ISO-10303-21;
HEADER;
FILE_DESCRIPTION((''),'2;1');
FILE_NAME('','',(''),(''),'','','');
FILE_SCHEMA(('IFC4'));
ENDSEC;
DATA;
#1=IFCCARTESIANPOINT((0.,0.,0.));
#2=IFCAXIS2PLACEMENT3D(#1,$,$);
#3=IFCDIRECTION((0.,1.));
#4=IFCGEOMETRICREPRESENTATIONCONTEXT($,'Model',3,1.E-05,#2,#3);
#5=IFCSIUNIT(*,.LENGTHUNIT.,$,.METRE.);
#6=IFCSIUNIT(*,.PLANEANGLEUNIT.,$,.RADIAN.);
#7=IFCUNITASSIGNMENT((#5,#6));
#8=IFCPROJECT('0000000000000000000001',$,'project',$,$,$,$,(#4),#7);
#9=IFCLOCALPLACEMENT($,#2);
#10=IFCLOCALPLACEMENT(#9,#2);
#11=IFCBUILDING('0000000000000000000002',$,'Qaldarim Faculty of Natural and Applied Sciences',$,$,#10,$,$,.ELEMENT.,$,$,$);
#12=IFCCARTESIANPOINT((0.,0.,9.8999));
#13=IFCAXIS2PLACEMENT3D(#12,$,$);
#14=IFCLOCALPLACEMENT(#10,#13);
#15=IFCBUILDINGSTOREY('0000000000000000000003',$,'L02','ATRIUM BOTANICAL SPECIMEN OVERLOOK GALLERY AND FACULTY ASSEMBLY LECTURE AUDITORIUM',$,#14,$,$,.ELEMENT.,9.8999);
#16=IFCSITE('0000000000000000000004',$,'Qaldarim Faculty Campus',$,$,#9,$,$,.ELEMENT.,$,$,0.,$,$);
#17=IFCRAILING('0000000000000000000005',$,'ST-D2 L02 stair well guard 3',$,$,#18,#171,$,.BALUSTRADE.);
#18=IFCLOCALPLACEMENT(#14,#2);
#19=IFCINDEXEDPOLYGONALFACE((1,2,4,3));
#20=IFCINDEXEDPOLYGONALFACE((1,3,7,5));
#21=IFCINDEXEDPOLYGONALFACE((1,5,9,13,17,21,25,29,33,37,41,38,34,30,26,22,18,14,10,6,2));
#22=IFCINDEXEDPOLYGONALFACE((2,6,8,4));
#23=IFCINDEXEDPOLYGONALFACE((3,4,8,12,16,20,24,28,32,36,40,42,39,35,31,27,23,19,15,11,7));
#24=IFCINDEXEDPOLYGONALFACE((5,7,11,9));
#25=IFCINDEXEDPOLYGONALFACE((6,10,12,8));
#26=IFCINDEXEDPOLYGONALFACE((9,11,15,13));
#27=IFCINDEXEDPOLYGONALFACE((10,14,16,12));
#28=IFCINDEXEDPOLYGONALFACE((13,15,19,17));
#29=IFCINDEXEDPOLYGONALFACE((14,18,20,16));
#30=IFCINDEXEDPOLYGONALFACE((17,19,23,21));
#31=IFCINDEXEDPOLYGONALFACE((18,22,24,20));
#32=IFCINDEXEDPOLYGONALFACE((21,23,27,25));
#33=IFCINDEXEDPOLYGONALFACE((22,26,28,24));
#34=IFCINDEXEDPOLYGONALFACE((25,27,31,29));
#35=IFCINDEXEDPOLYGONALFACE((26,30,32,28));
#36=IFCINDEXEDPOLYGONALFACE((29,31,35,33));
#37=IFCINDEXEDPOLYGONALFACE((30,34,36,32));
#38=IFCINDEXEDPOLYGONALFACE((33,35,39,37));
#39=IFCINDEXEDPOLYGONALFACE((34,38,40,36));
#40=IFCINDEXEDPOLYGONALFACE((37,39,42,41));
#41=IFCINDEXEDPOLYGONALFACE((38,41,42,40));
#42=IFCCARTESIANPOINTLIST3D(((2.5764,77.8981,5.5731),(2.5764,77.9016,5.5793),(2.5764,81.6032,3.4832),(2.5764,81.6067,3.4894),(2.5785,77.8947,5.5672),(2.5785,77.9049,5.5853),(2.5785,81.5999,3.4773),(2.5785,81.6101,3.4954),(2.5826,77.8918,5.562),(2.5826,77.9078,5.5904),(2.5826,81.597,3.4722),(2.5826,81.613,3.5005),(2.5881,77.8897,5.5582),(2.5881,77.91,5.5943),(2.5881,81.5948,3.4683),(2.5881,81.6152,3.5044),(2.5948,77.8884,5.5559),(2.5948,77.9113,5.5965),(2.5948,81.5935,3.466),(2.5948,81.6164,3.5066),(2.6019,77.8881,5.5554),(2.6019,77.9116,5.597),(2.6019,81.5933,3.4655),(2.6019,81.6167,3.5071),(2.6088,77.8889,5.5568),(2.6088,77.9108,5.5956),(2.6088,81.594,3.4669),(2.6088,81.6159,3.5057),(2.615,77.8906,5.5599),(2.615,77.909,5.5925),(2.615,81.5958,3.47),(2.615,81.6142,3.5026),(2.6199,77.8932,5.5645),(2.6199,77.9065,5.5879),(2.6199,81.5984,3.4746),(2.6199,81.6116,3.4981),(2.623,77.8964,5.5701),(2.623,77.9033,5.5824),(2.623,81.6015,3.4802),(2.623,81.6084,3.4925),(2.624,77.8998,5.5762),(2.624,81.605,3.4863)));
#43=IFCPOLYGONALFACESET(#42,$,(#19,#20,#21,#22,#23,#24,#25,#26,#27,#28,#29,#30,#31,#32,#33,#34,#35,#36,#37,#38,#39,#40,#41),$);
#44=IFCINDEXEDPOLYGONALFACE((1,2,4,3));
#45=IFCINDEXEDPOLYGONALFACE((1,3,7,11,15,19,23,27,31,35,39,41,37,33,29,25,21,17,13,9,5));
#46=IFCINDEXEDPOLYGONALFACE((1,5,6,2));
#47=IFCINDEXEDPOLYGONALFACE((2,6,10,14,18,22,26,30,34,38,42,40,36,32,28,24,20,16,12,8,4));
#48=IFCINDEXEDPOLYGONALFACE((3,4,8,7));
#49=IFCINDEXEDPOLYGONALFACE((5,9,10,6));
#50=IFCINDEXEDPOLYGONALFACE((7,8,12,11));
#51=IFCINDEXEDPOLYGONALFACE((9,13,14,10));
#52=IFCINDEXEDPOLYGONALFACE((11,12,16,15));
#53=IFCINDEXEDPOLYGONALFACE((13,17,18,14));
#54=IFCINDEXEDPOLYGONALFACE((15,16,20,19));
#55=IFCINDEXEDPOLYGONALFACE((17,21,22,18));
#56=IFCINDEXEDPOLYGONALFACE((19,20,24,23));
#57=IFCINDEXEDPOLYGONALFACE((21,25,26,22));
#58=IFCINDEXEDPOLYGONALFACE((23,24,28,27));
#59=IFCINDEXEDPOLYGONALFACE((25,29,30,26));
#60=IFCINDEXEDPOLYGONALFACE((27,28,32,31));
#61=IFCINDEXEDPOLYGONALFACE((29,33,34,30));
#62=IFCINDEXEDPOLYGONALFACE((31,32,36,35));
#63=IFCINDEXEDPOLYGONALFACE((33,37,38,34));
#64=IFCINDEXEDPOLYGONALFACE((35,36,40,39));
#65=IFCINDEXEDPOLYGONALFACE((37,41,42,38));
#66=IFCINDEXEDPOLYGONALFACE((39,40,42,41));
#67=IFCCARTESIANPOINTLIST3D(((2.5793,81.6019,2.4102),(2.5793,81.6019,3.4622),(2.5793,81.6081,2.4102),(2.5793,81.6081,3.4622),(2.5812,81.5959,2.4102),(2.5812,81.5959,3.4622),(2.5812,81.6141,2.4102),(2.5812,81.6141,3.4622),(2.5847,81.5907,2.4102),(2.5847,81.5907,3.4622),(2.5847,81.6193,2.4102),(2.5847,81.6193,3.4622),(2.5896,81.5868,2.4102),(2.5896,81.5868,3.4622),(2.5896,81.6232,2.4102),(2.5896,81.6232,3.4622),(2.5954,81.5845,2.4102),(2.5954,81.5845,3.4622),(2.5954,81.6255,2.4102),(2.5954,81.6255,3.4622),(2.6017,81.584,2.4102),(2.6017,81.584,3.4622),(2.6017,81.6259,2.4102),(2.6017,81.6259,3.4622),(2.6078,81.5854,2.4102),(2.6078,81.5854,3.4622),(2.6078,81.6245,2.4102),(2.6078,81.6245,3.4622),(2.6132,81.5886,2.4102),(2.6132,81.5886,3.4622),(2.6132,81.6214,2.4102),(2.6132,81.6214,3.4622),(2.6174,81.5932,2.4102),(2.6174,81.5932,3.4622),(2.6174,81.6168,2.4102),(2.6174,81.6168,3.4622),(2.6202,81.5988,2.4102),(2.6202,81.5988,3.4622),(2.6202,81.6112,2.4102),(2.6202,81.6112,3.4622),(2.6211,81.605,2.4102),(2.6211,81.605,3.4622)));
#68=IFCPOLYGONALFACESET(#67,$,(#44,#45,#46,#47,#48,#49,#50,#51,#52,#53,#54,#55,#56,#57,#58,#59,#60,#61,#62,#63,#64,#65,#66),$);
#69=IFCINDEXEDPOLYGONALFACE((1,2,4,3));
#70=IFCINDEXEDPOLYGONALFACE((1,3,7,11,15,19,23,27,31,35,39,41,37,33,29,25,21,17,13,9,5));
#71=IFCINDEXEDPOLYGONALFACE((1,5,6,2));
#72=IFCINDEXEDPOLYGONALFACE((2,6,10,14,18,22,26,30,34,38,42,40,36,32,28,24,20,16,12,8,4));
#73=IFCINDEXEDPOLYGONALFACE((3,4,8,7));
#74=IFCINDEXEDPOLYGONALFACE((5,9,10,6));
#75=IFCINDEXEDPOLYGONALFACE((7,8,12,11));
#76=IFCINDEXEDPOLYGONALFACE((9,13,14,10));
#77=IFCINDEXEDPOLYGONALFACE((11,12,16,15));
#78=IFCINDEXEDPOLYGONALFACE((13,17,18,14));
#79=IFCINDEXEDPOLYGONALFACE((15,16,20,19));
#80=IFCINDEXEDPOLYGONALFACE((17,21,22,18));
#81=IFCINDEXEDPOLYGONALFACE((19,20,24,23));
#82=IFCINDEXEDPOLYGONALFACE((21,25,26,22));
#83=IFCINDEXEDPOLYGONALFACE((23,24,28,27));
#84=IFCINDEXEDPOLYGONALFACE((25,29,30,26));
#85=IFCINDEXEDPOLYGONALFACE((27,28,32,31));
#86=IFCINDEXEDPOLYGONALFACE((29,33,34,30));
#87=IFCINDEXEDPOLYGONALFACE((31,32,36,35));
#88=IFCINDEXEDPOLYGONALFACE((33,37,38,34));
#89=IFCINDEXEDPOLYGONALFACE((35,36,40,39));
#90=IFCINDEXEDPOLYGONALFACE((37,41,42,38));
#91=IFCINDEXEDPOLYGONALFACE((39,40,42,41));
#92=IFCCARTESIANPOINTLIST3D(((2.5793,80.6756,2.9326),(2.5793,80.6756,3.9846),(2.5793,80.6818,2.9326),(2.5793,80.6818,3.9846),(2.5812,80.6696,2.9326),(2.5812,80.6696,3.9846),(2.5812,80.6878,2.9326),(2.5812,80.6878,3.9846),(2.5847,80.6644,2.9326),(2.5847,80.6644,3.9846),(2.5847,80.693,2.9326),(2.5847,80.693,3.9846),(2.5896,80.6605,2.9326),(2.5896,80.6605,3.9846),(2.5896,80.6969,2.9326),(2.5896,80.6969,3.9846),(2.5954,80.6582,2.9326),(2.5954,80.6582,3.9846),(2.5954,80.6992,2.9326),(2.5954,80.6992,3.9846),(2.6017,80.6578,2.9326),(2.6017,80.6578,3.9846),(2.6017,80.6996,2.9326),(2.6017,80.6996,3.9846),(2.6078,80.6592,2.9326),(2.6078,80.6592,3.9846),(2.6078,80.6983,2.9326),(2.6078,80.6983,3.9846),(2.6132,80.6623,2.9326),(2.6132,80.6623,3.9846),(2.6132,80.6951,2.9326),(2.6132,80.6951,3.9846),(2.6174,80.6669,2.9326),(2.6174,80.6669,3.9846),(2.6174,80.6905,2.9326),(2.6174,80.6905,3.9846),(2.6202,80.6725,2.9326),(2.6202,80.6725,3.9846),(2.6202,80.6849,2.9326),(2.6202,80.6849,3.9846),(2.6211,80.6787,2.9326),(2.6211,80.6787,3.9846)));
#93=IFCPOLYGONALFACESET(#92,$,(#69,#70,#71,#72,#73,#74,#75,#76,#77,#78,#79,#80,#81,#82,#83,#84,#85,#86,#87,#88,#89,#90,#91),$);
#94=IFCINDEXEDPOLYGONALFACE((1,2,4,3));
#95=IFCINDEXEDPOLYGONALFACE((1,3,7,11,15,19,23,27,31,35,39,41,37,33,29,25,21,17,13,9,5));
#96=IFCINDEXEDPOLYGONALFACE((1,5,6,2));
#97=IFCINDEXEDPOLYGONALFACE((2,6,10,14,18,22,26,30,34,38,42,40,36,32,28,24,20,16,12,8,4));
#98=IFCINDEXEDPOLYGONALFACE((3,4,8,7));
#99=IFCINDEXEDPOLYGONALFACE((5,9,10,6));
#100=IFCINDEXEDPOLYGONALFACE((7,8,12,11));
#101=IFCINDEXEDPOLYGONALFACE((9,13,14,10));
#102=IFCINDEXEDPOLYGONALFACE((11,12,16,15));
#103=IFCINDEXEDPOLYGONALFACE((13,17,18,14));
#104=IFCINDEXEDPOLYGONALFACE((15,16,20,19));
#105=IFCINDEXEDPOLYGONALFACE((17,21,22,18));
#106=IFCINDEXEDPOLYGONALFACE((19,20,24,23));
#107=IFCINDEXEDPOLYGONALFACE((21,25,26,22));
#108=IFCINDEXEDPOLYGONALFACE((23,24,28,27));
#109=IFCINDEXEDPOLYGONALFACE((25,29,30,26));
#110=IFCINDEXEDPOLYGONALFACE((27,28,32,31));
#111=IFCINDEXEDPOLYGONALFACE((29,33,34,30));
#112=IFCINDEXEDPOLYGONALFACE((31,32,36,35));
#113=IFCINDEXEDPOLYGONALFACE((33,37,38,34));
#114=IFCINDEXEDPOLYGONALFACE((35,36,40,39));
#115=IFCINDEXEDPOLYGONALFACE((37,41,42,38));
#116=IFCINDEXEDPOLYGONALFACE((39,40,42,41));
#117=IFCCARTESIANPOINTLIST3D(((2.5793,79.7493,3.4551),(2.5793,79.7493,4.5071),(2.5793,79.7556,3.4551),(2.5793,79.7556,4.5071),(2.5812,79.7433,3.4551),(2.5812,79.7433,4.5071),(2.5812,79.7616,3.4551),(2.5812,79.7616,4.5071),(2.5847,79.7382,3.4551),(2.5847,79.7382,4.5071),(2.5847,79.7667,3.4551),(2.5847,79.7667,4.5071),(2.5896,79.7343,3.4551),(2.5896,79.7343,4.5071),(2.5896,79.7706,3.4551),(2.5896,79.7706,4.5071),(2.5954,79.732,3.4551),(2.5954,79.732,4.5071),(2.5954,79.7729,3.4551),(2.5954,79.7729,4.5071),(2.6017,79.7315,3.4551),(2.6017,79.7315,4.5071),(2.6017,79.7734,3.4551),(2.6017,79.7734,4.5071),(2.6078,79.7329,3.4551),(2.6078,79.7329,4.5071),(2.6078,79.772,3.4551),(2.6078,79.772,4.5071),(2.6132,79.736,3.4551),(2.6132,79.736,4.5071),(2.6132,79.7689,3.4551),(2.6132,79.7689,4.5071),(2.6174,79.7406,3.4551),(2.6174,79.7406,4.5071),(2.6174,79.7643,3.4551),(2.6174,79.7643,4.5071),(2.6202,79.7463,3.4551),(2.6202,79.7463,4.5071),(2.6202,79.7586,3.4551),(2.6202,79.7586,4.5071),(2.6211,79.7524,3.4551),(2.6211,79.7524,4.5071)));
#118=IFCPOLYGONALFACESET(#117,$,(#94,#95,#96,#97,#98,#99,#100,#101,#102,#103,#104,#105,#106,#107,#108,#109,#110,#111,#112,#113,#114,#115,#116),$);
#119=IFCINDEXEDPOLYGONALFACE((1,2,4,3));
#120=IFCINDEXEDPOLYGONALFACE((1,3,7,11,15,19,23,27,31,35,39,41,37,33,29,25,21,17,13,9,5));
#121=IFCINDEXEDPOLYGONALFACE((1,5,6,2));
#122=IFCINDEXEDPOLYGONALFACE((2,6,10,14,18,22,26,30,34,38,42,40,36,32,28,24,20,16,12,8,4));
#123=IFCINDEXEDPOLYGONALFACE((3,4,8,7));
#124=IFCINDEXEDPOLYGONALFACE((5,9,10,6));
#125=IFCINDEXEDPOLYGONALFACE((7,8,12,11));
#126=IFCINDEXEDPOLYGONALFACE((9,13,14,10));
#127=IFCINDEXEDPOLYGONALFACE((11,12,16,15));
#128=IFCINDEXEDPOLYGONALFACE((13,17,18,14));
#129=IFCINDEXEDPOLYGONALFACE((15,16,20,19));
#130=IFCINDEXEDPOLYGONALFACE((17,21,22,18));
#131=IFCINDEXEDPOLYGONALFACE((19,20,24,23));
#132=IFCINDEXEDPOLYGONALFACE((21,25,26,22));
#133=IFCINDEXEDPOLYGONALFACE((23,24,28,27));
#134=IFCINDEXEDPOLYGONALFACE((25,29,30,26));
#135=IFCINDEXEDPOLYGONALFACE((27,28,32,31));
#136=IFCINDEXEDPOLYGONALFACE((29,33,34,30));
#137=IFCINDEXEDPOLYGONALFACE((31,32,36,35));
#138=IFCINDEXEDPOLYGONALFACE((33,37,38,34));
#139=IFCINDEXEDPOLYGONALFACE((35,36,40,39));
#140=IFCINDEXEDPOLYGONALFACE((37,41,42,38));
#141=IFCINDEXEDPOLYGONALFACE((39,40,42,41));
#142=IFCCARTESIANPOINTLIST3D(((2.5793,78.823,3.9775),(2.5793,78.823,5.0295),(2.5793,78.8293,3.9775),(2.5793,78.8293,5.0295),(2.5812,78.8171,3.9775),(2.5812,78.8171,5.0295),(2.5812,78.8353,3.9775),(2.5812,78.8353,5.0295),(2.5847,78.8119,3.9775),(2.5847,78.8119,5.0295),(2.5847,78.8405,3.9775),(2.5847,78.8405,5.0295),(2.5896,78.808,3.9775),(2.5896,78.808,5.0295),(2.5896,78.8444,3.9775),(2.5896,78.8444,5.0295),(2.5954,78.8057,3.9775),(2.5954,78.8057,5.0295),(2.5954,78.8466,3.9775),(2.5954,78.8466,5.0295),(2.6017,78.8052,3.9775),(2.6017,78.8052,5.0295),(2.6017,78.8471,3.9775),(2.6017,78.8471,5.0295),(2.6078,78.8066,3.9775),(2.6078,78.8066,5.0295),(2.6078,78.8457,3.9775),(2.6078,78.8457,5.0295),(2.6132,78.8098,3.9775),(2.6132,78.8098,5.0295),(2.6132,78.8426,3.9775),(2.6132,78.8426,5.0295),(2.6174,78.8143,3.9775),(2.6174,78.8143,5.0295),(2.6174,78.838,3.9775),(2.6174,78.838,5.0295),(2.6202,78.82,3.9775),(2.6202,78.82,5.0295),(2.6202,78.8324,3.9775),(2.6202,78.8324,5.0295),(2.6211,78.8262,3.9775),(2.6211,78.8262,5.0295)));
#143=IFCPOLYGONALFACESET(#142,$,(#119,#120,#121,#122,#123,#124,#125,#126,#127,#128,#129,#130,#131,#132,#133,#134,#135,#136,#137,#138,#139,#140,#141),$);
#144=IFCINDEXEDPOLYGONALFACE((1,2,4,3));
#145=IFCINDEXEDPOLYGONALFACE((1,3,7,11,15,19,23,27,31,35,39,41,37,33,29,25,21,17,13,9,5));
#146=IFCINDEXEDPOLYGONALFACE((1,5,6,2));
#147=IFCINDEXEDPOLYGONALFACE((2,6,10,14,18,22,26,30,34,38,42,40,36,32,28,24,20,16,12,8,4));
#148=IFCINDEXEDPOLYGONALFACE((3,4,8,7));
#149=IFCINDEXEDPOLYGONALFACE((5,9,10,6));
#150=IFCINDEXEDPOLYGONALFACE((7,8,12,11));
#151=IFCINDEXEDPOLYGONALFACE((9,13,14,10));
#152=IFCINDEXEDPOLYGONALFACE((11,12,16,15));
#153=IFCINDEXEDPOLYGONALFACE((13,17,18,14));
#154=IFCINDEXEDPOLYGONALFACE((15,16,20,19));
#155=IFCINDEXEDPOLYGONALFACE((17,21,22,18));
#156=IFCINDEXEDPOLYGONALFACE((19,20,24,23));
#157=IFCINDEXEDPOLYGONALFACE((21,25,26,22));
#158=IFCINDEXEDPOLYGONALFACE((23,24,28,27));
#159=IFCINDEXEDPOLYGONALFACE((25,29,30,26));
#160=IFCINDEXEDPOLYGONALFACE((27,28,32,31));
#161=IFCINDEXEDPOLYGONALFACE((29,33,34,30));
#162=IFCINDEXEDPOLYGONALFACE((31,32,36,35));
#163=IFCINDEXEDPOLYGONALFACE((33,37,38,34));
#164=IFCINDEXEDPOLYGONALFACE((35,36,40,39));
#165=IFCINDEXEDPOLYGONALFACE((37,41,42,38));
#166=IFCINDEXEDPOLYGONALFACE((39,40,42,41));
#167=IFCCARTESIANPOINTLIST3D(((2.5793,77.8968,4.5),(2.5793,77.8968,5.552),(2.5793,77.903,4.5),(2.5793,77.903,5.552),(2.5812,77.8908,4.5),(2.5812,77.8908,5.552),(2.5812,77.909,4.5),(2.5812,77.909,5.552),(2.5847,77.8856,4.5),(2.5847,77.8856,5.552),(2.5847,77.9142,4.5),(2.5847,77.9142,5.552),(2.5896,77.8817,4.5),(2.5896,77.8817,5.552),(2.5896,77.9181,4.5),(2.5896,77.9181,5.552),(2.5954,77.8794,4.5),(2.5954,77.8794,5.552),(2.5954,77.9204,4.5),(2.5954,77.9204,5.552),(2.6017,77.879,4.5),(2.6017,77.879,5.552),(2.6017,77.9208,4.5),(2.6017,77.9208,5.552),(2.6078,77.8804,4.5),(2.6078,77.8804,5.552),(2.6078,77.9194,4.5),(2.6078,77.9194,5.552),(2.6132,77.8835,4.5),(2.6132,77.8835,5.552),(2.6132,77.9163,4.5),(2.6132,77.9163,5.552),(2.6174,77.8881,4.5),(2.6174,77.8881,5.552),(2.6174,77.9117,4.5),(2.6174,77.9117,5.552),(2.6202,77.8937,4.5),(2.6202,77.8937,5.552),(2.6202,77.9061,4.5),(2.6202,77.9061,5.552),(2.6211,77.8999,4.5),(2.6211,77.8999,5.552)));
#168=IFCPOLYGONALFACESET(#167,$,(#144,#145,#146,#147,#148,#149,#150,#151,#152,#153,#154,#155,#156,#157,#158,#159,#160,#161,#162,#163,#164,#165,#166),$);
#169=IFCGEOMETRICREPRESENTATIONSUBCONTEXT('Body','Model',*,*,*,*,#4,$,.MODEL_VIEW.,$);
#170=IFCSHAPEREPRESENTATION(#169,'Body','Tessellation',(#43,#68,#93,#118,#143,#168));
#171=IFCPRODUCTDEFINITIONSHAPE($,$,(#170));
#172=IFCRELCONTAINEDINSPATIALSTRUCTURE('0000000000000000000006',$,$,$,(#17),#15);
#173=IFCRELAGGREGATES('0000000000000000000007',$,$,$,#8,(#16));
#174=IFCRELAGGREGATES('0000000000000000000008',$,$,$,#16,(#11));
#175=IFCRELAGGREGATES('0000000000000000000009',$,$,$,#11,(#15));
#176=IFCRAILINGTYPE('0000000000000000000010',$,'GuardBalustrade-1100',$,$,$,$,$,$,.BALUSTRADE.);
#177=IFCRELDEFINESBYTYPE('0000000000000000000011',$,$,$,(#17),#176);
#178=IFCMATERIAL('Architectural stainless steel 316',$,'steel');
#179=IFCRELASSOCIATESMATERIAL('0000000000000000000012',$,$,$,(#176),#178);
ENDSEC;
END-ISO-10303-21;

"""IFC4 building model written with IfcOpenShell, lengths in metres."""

from ifc_helpers import new_model, si_unit, direction, frame, origin, origin_2d, place, context, subcontext, project, spatial, circle, extrude, material, type_object, element, save


model = new_model("IFC4")

# Units and contexts
model_context = context("Model", 3, precision=1e-05, world=origin(), true_north=direction((0.0, 1.0)))
body_context = subcontext(model_context, "Body", "Model", "MODEL_VIEW")
ifc_project = project(units=[si_unit("LENGTHUNIT", "METRE"), si_unit("PLANEANGLEUNIT", "RADIAN")], contexts=[model_context])

# Site, building, storey
site_placement = place(None, origin())
site = spatial("IfcSite", under=ifc_project, at=site_placement, Name="Qaldarim Faculty Campus", CompositionType="ELEMENT", RefElevation=0.0)
building_placement = place(site_placement, origin())
building = spatial("IfcBuilding", under=site, at=building_placement, Name="Qaldarim Faculty of Natural and Applied Sciences", CompositionType="ELEMENT")
storey_placement = place(building_placement, frame((0.0, 0.0, 9.8999)))
storey = spatial("IfcBuildingStorey", under=building, at=storey_placement, Name="L02", Description="ATRIUM BOTANICAL SPECIMEN OVERLOOK GALLERY AND FACULTY ASSEMBLY LECTURE AUDITORIUM", CompositionType="ELEMENT", Elevation=9.8999)

# Shared definitions
ifc_material_1 = material(Name="Architectural stainless steel 316", Category="steel")

# Railing
railing_type_1 = type_object("IfcRailingType", Name="GuardBalustrade-1100", PredefinedType="BALUSTRADE", material=ifc_material_1)
railing_1_placement = place(storey_placement, frame((2.6001, 81.605, 2.4102)))
element("IfcRailing", 1, at=railing_1_placement, inside=storey, type_object=railing_type_1, Name="ST-D2 L02 stair well guard 3", PredefinedType="BALUSTRADE", context=body_context, shape_type="SweptSolid", body=[
    extrude(circle(Radius=0.0239, at=origin_2d()), frame((0.0, 0.0, 1.0762), z_axis=(0.0, -0.870999, 0.491285), x_axis=(1.0, 0.0, 0.0)), (0.0, 0.0, 1.0), 4.2539),
    extrude(circle(Radius=0.021, at=origin_2d()), origin(), (0.0, 0.0, 1.0), 1.052),
    extrude(circle(Radius=0.021, at=origin_2d()), frame((0.0, -0.9263, 0.5225)), (0.0, 0.0, 1.0), 1.052),
    extrude(circle(Radius=0.021, at=origin_2d()), frame((0.0, -1.8525, 1.0449)), (0.0, 0.0, 1.0), 1.052),
    extrude(circle(Radius=0.021, at=origin_2d()), frame((0.0, -2.7788, 1.5674)), (0.0, 0.0, 1.0), 1.052),
    extrude(circle(Radius=0.021, at=origin_2d()), frame((0.0, -3.7051, 2.0898)), (0.0, 0.0, 1.0), 1.052),
])

save(model, "model.ifc")
